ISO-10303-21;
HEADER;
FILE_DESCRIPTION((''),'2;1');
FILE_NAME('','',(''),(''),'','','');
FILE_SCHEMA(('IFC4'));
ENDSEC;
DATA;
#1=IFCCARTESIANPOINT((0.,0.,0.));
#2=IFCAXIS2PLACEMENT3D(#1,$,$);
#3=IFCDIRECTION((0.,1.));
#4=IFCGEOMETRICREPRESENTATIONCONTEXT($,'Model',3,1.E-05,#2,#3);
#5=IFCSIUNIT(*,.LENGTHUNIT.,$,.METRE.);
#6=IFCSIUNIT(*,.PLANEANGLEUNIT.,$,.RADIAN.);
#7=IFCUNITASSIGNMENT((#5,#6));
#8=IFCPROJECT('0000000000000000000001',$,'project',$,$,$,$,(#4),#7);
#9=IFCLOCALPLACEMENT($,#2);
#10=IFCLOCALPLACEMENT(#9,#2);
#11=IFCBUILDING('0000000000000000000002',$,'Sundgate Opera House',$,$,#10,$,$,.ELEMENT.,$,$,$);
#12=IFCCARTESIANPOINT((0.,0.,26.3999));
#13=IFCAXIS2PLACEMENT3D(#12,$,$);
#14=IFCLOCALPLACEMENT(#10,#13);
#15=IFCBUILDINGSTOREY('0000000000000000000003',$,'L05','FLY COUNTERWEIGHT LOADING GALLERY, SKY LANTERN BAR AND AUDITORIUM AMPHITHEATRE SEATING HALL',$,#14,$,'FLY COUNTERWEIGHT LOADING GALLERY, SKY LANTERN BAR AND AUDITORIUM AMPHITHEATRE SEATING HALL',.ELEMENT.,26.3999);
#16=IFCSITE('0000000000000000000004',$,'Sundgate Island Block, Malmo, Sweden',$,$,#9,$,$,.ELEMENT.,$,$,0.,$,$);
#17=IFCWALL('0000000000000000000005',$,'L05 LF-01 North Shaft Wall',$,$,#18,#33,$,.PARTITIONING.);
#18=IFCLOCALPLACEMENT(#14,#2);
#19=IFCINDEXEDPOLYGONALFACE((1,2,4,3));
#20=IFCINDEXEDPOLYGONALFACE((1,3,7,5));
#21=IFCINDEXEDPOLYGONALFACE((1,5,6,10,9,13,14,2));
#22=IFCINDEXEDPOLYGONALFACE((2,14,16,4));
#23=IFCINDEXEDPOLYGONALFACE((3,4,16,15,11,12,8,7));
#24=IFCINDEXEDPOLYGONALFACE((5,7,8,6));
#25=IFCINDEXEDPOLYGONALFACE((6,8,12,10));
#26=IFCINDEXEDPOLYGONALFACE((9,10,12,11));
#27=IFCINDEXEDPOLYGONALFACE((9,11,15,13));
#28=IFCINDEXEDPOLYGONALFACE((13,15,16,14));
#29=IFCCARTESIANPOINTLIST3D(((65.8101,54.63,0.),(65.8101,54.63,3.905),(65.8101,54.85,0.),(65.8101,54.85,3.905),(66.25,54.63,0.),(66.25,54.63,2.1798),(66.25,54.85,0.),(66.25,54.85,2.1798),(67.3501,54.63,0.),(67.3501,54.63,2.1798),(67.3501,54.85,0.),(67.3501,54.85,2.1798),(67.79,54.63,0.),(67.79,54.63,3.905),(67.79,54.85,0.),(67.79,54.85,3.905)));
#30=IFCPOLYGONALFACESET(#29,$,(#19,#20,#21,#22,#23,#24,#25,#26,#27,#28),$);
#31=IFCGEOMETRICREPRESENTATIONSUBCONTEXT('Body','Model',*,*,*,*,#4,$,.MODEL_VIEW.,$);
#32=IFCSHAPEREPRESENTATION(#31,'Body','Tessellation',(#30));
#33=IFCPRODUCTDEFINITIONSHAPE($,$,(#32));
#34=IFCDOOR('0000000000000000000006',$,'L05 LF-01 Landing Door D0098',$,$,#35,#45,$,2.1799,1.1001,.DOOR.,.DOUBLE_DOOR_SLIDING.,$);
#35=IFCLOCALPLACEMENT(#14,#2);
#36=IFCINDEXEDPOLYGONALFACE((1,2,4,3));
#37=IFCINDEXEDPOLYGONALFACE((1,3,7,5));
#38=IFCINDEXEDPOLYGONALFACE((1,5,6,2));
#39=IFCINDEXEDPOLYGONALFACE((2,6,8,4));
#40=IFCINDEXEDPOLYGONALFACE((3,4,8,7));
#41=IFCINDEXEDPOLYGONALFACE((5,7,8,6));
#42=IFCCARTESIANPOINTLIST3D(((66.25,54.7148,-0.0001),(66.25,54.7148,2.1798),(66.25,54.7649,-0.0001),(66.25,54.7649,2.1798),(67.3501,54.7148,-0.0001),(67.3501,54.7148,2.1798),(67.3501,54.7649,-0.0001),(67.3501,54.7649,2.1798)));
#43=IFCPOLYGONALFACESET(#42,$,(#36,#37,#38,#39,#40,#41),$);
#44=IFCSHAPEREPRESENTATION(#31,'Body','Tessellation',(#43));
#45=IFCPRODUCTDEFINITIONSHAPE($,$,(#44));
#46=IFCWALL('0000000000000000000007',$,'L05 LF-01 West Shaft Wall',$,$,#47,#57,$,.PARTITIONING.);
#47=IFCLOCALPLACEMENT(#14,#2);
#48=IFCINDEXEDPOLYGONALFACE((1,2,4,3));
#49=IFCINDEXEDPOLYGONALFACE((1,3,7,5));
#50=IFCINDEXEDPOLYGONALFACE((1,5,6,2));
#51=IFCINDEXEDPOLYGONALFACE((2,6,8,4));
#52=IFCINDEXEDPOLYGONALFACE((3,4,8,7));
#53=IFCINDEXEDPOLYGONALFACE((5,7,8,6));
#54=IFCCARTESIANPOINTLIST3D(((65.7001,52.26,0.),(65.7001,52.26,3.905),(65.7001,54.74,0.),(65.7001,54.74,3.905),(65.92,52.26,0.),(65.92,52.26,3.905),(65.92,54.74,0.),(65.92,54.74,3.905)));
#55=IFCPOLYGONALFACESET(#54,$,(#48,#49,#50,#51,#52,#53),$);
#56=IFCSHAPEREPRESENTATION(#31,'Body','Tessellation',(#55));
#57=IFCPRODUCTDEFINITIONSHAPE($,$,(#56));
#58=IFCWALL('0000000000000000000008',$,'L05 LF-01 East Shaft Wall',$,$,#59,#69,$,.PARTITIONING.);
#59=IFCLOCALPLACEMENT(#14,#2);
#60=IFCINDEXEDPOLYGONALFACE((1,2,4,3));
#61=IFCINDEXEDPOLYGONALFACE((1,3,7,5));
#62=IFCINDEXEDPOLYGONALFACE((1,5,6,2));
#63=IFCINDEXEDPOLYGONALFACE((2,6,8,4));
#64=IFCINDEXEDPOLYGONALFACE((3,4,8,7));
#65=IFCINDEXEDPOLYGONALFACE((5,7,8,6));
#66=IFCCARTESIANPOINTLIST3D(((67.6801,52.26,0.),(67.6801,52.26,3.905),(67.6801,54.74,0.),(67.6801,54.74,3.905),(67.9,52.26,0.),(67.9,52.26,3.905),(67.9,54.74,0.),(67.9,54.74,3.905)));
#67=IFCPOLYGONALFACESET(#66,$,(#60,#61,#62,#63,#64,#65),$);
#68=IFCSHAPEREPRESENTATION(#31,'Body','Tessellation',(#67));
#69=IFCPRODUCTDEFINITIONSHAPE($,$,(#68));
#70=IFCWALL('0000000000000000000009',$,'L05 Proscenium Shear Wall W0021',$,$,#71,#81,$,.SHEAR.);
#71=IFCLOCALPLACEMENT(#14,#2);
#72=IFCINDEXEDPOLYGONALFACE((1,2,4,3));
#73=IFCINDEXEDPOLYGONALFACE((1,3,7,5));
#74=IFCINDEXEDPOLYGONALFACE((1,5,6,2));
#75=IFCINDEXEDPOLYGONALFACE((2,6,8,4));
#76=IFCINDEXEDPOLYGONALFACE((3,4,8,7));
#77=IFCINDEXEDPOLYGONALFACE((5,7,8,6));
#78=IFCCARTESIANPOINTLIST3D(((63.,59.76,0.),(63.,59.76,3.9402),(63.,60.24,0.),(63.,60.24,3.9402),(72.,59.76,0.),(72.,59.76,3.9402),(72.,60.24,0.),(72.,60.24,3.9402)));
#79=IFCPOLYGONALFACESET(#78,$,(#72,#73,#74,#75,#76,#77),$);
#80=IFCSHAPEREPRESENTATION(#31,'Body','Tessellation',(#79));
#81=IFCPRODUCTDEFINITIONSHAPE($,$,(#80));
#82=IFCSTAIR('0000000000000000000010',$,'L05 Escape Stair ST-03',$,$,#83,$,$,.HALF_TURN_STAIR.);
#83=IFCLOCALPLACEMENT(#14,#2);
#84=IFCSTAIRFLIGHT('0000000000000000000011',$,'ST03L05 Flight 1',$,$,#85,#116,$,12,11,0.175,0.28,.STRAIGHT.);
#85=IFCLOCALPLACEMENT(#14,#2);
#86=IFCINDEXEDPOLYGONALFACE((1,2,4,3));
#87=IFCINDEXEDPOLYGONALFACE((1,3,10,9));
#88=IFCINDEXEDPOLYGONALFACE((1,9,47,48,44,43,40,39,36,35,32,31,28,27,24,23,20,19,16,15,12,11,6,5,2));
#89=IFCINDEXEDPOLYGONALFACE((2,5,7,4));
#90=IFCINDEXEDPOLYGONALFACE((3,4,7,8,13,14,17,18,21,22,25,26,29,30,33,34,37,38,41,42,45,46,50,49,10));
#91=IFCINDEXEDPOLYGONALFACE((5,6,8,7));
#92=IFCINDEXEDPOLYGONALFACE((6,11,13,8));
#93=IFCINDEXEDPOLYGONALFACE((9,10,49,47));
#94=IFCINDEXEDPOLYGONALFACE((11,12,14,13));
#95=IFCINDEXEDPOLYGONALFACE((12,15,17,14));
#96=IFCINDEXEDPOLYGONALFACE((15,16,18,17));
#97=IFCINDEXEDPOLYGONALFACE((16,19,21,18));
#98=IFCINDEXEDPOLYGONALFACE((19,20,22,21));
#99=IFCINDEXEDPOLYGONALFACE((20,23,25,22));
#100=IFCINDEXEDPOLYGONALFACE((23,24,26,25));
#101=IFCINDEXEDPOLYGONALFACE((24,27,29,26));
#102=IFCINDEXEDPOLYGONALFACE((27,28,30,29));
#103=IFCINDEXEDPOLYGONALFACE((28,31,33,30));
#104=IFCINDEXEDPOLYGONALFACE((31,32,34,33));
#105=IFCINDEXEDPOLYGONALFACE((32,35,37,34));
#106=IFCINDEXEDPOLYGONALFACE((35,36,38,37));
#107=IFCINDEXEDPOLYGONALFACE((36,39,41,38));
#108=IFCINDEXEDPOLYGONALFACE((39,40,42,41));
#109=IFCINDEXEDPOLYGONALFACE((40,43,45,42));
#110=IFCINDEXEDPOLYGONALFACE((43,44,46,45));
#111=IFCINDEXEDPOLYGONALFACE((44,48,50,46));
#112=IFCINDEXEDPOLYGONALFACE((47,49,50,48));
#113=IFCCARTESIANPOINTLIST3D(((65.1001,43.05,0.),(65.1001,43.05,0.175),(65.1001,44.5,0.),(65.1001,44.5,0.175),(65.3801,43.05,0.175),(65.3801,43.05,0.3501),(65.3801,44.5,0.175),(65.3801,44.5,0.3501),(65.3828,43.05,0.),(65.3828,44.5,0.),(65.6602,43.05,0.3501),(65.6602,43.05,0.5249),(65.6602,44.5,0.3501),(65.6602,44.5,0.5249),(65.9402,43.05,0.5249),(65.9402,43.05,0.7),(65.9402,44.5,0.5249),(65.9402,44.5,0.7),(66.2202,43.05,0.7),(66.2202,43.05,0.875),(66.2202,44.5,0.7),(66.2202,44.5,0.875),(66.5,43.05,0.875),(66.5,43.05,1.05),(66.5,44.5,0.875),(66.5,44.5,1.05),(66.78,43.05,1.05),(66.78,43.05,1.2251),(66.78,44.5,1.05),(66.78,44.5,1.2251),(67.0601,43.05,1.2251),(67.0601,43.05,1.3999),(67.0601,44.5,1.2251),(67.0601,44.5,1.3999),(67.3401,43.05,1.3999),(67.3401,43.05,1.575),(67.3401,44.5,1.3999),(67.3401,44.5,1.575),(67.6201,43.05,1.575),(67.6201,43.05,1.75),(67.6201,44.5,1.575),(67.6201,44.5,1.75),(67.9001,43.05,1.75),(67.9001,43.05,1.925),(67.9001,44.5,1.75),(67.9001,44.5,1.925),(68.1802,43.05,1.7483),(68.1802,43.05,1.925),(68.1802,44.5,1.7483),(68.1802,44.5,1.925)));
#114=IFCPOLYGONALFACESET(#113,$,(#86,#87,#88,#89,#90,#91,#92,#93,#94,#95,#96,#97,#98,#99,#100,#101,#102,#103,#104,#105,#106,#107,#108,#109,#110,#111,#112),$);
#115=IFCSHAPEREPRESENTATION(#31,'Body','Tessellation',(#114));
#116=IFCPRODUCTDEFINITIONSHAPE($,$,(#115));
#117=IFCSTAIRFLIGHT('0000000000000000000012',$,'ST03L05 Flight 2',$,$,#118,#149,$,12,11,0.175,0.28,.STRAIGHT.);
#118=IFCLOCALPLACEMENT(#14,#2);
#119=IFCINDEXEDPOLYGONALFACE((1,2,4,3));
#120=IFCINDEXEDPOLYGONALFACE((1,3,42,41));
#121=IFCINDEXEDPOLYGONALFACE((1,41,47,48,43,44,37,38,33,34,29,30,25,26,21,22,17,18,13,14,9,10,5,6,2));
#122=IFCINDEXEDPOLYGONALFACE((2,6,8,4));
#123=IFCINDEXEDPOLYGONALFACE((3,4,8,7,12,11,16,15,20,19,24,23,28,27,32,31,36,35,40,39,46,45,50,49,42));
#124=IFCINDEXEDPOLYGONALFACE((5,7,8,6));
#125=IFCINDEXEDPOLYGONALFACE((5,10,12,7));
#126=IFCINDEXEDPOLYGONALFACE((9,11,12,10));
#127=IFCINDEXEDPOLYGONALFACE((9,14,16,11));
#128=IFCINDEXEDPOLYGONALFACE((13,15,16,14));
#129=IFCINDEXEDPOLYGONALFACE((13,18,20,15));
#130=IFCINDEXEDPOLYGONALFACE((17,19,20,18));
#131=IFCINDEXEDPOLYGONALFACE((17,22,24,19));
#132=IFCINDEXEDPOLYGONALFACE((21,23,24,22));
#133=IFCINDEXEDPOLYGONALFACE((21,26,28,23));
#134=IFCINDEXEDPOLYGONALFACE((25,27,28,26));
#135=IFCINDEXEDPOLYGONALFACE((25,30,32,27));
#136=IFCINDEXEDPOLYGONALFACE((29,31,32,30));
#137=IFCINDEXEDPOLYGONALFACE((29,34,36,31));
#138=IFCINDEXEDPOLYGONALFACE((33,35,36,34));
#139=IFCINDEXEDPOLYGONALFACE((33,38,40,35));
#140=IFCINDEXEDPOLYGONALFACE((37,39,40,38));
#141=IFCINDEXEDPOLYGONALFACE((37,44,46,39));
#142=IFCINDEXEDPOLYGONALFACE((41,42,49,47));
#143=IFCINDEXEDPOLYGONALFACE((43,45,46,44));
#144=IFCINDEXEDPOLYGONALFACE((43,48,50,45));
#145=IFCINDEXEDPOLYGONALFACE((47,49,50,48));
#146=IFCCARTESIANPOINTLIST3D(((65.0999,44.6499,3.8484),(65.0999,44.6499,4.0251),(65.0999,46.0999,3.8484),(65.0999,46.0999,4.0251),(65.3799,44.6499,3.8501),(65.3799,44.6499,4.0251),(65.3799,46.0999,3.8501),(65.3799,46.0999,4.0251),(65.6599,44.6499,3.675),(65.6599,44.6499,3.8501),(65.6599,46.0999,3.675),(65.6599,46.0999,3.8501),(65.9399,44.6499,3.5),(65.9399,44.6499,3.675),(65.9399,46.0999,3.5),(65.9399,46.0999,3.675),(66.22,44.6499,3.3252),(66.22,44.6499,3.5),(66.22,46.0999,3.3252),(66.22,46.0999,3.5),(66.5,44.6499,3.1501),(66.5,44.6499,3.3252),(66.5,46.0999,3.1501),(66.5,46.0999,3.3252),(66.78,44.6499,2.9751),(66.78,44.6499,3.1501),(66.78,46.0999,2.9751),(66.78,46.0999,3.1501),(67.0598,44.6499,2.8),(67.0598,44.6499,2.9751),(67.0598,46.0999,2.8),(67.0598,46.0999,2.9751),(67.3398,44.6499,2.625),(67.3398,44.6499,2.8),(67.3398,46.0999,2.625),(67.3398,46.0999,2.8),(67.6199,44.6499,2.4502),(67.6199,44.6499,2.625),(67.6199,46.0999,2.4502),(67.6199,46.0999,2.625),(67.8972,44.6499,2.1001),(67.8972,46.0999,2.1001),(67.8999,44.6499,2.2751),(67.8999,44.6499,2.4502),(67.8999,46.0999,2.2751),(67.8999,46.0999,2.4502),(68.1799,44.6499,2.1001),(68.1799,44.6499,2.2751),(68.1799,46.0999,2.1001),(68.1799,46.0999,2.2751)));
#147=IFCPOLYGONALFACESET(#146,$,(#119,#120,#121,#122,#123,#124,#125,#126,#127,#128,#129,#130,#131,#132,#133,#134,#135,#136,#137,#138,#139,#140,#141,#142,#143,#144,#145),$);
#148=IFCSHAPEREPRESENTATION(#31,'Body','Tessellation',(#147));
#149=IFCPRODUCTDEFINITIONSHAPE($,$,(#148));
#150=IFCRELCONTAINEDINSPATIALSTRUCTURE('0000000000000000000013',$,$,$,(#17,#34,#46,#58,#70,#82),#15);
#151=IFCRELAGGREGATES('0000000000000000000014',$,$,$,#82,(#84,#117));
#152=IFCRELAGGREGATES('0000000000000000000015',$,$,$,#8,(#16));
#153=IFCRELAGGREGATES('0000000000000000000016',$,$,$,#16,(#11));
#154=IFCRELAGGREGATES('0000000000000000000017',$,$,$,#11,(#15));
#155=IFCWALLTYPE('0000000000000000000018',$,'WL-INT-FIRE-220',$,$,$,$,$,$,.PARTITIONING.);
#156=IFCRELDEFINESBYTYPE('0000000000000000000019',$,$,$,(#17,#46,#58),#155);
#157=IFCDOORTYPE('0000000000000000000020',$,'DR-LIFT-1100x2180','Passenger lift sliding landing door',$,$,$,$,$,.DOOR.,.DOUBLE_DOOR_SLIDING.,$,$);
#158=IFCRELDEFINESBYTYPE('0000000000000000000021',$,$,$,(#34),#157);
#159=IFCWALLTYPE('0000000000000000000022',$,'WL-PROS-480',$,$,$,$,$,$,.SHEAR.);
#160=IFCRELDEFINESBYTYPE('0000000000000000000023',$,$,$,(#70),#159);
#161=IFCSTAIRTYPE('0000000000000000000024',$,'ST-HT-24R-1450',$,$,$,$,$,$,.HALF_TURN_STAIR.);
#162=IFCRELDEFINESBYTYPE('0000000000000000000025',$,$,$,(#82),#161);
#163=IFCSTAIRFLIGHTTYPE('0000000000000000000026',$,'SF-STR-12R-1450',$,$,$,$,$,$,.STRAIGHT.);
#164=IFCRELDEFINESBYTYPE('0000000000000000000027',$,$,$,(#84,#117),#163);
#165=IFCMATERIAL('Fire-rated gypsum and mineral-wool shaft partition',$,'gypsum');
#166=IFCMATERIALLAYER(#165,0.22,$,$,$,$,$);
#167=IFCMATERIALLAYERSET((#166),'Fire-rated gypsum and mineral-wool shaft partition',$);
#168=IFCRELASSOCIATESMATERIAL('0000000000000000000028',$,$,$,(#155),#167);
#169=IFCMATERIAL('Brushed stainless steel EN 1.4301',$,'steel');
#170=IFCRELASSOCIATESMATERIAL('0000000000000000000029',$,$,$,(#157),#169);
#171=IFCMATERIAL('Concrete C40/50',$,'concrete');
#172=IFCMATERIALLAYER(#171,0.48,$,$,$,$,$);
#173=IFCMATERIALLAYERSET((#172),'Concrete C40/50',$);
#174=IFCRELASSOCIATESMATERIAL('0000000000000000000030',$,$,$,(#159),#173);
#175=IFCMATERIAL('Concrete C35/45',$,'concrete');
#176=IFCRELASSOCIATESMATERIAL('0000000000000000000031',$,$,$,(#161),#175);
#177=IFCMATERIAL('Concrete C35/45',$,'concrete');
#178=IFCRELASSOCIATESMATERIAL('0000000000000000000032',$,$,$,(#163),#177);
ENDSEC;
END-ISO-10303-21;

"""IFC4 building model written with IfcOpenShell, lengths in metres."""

from ifc_helpers import new_model, si_unit, direction, frame, frame_2d, origin, place, context, subcontext, project, spatial, polyline, rectangle, outline, extrude, material, layer, layer_set, type_object, element, fill, aggregate, save


model = new_model("IFC4")

# Units and contexts
model_context = context("Model", 3, precision=1e-05, world=origin(), true_north=direction((0.0, 1.0)))
body_context = subcontext(model_context, "Body", "Model", "MODEL_VIEW")
ifc_project = project(units=[si_unit("LENGTHUNIT", "METRE"), si_unit("PLANEANGLEUNIT", "RADIAN")], contexts=[model_context])

# Site, building, storey
site_placement = place(None, origin())
site = spatial("IfcSite", under=ifc_project, at=site_placement, Name="Sundgate Island Block, Malmo, Sweden", CompositionType="ELEMENT", RefElevation=0.0)
building_placement = place(site_placement, origin())
building = spatial("IfcBuilding", under=site, at=building_placement, Name="Sundgate Opera House", CompositionType="ELEMENT")
storey_placement = place(building_placement, frame((0.0, 0.0, 26.3999)))
storey = spatial("IfcBuildingStorey", under=building, at=storey_placement, Name="L05", Description="FLY COUNTERWEIGHT LOADING GALLERY, SKY LANTERN BAR AND AUDITORIUM AMPHITHEATRE SEATING HALL", LongName="FLY COUNTERWEIGHT LOADING GALLERY, SKY LANTERN BAR AND AUDITORIUM AMPHITHEATRE SEATING HALL", CompositionType="ELEMENT", Elevation=26.3999)

# Shared definitions
ifc_material_1 = material(Name="Fire-rated gypsum and mineral-wool shaft partition", Category="gypsum")
ifc_layer_1 = layer(ifc_material_1, 0.22)
ifc_layer_set_1 = layer_set([ifc_layer_1], Name="Fire-rated gypsum and mineral-wool shaft partition")
wall_type_1 = type_object("IfcWallType", Name="WL-INT-FIRE-220", PredefinedType="PARTITIONING", material=ifc_layer_set_1)

# Wall, opening, door
wall_1_placement = place(storey_placement, frame((65.8101, 54.74, 0.0), z_axis=(0.0, 0.0, 1.0), x_axis=(1.0, 0.0, 0.0)))
wall_1 = element("IfcWall", 1, at=wall_1_placement, inside=storey, type_object=wall_type_1, Name="L05 LF-01 North Shaft Wall", PredefinedType="PARTITIONING", context=body_context, shape_type="SweptSolid", body=[
    extrude(rectangle(XDim=1.98, YDim=0.22, at=frame_2d((0.99, 0.0))), origin(), (0.0, 0.0, 1.0), 3.905),
])
opening_1_placement = place(wall_1_placement, frame((0.4399, 0.0, 0.0)))
opening_1 = element("IfcOpeningElement", 2, at=opening_1_placement, cuts=wall_1, PredefinedType="OPENING", context=body_context, shape_type="SweptSolid", body=[
    extrude(rectangle(XDim=1.1001, YDim=2.1799, at=frame_2d((0.55, 1.0898))), frame((0.0, 0.1199, 0.0), z_axis=(0.0, -1.0, 0.0), x_axis=(1.0, 0.0, 0.0)), (0.0, 0.0, 1.0), 0.24),
])
ifc_material_2 = material(Name="Brushed stainless steel EN 1.4301", Category="steel")
door_type_1 = type_object("IfcDoorType", Name="DR-LIFT-1100x2180", Description="Passenger lift sliding landing door", OperationType="DOUBLE_DOOR_SLIDING", PredefinedType="DOOR", material=ifc_material_2)
door_1_placement = place(opening_1_placement, origin())
door_1 = element("IfcDoor", 3, at=door_1_placement, inside=storey, type_object=door_type_1, Name="L05 LF-01 Landing Door D0098", OperationType="DOUBLE_DOOR_SLIDING", OverallHeight=2.1799, OverallWidth=1.1001, PredefinedType="DOOR", context=body_context, shape_type="SweptSolid", body=[
    extrude(rectangle(XDim=1.1001, YDim=2.1799, at=frame_2d((0.55, 1.0898))), frame((0.0, 0.0249, 0.0), z_axis=(0.0, -1.0, 0.0), x_axis=(1.0, 0.0, 0.0)), (0.0, 0.0, 1.0), 0.05),
])
fill(opening_1, door_1)

# Walls
for number, where, z_axis, x_axis, name in (
    (4, (65.8101, 52.26, 0.0), (0.0, 0.0, 1.0), (0.0, 1.0, 0.0), "L05 LF-01 West Shaft Wall"),
    (5, (67.79, 52.26, 0.0), (0.0, 0.0, 1.0), (0.0, 1.0, 0.0), "L05 LF-01 East Shaft Wall"),
):
    element("IfcWall", number, at=place(storey_placement, frame(where, z_axis=z_axis, x_axis=x_axis)), inside=storey, type_object=wall_type_1, Name=name, PredefinedType="PARTITIONING", context=body_context, shape_type="SweptSolid", body=[
        extrude(rectangle(XDim=2.48, YDim=0.22, at=frame_2d((1.24, 0.0))), origin(), (0.0, 0.0, 1.0), 3.905),
    ])
ifc_material_3 = material(Name="Concrete C40/50", Category="concrete")
ifc_layer_2 = layer(ifc_material_3, 0.48)
ifc_layer_set_2 = layer_set([ifc_layer_2], Name="Concrete C40/50")
wall_type_2 = type_object("IfcWallType", Name="WL-PROS-480", PredefinedType="SHEAR", material=ifc_layer_set_2)
wall_2_placement = place(storey_placement, frame((63.0, 60.0, 0.0), z_axis=(0.0, 0.0, 1.0), x_axis=(1.0, 0.0, 0.0)))
element("IfcWall", 6, at=wall_2_placement, inside=storey, type_object=wall_type_2, Name="L05 Proscenium Shear Wall W0021", PredefinedType="SHEAR", context=body_context, shape_type="SweptSolid", body=[
    extrude(rectangle(XDim=9.0, YDim=0.48, at=frame_2d((4.5, 0.0))), origin(), (0.0, 0.0, 1.0), 3.9402),
])

# Stair, stair flights
ifc_material_4 = material(Name="Concrete C35/45", Category="concrete")
stair_type = type_object("IfcStairType", Name="ST-HT-24R-1450", PredefinedType="HALF_TURN_STAIR", material=ifc_material_4)
stair_placement = place(storey_placement, origin())
stair = element("IfcStair", 7, at=stair_placement, inside=storey, type_object=stair_type, Name="L05 Escape Stair ST-03", PredefinedType="HALF_TURN_STAIR")
ifc_material_5 = material(Name="Concrete C35/45", Category="concrete")
stair_flight_type = type_object("IfcStairFlightType", Name="SF-STR-12R-1450", PredefinedType="STRAIGHT", material=ifc_material_5)
stair_flight_1_placement = place(storey_placement, frame((65.1001, 43.7749, 0.0), z_axis=(0.0, 0.0, 1.0), x_axis=(1.0, 0.0, 0.0)))
stair_flight_1 = element("IfcStairFlight", 8, at=stair_flight_1_placement, type_object=stair_flight_type, Name="ST03L05 Flight 1", NumberOfRisers=12, NumberOfTreads=11, PredefinedType="STRAIGHT", RiserHeight=0.175, TreadLength=0.28, context=body_context, shape_type="SweptSolid", body=[
    extrude(outline(polyline([(0.0, 0.0), (0.0, 0.175), (0.28, 0.175), (0.28, 0.3501), (0.5601, 0.3501), (0.5601, 0.5249), (0.8401, 0.5249), (0.8401, 0.7), (1.1201, 0.7), (1.1201, 0.875), (1.3999, 0.875), (1.3999, 1.05), (1.6799, 1.05), (1.6799, 1.2251), (1.96, 1.2251), (1.96, 1.3999), (2.24, 1.3999), (2.24, 1.575), (2.52, 1.575), (2.52, 1.75), (2.8, 1.75), (2.8, 1.925), (3.0801, 1.925), (3.0801, 2.1001), (3.0801, 1.7483), (0.2827, 0.0), (0.0, 0.0)])), frame((0.0, 0.7251, 0.0), z_axis=(0.0, -1.0, 0.0), x_axis=(1.0, 0.0, 0.0)), (0.0, 0.0, 1.0), 1.45),
])
stair_flight_2_placement = place(storey_placement, frame((68.1799, 45.375, 2.1001), z_axis=(0.0, 0.0, 1.0), x_axis=(-1.0, 0.0, 0.0)))
stair_flight_2 = element("IfcStairFlight", 9, at=stair_flight_2_placement, type_object=stair_flight_type, Name="ST03L05 Flight 2", NumberOfRisers=12, NumberOfTreads=11, PredefinedType="STRAIGHT", RiserHeight=0.175, TreadLength=0.28, context=body_context, shape_type="SweptSolid", body=[
    extrude(outline(polyline([(0.0, 0.0), (0.0, 0.175), (0.28, 0.175), (0.28, 0.3501), (0.5601, 0.3501), (0.5601, 0.5249), (0.8401, 0.5249), (0.8401, 0.7), (1.1201, 0.7), (1.1201, 0.875), (1.3999, 0.875), (1.3999, 1.05), (1.6799, 1.05), (1.6799, 1.2251), (1.96, 1.2251), (1.96, 1.3999), (2.24, 1.3999), (2.24, 1.575), (2.52, 1.575), (2.52, 1.75), (2.8, 1.75), (2.8, 1.925), (3.0801, 1.925), (3.0801, 2.1001), (3.0801, 1.7483), (0.2827, 0.0), (0.0, 0.0)])), frame((0.0, 0.7251, 0.0), z_axis=(0.0, -1.0, 0.0), x_axis=(1.0, 0.0, 0.0)), (0.0, 0.0, 1.0), 1.45),
])
aggregate(stair, [stair_flight_1, stair_flight_2])

save(model, "model.ifc")
